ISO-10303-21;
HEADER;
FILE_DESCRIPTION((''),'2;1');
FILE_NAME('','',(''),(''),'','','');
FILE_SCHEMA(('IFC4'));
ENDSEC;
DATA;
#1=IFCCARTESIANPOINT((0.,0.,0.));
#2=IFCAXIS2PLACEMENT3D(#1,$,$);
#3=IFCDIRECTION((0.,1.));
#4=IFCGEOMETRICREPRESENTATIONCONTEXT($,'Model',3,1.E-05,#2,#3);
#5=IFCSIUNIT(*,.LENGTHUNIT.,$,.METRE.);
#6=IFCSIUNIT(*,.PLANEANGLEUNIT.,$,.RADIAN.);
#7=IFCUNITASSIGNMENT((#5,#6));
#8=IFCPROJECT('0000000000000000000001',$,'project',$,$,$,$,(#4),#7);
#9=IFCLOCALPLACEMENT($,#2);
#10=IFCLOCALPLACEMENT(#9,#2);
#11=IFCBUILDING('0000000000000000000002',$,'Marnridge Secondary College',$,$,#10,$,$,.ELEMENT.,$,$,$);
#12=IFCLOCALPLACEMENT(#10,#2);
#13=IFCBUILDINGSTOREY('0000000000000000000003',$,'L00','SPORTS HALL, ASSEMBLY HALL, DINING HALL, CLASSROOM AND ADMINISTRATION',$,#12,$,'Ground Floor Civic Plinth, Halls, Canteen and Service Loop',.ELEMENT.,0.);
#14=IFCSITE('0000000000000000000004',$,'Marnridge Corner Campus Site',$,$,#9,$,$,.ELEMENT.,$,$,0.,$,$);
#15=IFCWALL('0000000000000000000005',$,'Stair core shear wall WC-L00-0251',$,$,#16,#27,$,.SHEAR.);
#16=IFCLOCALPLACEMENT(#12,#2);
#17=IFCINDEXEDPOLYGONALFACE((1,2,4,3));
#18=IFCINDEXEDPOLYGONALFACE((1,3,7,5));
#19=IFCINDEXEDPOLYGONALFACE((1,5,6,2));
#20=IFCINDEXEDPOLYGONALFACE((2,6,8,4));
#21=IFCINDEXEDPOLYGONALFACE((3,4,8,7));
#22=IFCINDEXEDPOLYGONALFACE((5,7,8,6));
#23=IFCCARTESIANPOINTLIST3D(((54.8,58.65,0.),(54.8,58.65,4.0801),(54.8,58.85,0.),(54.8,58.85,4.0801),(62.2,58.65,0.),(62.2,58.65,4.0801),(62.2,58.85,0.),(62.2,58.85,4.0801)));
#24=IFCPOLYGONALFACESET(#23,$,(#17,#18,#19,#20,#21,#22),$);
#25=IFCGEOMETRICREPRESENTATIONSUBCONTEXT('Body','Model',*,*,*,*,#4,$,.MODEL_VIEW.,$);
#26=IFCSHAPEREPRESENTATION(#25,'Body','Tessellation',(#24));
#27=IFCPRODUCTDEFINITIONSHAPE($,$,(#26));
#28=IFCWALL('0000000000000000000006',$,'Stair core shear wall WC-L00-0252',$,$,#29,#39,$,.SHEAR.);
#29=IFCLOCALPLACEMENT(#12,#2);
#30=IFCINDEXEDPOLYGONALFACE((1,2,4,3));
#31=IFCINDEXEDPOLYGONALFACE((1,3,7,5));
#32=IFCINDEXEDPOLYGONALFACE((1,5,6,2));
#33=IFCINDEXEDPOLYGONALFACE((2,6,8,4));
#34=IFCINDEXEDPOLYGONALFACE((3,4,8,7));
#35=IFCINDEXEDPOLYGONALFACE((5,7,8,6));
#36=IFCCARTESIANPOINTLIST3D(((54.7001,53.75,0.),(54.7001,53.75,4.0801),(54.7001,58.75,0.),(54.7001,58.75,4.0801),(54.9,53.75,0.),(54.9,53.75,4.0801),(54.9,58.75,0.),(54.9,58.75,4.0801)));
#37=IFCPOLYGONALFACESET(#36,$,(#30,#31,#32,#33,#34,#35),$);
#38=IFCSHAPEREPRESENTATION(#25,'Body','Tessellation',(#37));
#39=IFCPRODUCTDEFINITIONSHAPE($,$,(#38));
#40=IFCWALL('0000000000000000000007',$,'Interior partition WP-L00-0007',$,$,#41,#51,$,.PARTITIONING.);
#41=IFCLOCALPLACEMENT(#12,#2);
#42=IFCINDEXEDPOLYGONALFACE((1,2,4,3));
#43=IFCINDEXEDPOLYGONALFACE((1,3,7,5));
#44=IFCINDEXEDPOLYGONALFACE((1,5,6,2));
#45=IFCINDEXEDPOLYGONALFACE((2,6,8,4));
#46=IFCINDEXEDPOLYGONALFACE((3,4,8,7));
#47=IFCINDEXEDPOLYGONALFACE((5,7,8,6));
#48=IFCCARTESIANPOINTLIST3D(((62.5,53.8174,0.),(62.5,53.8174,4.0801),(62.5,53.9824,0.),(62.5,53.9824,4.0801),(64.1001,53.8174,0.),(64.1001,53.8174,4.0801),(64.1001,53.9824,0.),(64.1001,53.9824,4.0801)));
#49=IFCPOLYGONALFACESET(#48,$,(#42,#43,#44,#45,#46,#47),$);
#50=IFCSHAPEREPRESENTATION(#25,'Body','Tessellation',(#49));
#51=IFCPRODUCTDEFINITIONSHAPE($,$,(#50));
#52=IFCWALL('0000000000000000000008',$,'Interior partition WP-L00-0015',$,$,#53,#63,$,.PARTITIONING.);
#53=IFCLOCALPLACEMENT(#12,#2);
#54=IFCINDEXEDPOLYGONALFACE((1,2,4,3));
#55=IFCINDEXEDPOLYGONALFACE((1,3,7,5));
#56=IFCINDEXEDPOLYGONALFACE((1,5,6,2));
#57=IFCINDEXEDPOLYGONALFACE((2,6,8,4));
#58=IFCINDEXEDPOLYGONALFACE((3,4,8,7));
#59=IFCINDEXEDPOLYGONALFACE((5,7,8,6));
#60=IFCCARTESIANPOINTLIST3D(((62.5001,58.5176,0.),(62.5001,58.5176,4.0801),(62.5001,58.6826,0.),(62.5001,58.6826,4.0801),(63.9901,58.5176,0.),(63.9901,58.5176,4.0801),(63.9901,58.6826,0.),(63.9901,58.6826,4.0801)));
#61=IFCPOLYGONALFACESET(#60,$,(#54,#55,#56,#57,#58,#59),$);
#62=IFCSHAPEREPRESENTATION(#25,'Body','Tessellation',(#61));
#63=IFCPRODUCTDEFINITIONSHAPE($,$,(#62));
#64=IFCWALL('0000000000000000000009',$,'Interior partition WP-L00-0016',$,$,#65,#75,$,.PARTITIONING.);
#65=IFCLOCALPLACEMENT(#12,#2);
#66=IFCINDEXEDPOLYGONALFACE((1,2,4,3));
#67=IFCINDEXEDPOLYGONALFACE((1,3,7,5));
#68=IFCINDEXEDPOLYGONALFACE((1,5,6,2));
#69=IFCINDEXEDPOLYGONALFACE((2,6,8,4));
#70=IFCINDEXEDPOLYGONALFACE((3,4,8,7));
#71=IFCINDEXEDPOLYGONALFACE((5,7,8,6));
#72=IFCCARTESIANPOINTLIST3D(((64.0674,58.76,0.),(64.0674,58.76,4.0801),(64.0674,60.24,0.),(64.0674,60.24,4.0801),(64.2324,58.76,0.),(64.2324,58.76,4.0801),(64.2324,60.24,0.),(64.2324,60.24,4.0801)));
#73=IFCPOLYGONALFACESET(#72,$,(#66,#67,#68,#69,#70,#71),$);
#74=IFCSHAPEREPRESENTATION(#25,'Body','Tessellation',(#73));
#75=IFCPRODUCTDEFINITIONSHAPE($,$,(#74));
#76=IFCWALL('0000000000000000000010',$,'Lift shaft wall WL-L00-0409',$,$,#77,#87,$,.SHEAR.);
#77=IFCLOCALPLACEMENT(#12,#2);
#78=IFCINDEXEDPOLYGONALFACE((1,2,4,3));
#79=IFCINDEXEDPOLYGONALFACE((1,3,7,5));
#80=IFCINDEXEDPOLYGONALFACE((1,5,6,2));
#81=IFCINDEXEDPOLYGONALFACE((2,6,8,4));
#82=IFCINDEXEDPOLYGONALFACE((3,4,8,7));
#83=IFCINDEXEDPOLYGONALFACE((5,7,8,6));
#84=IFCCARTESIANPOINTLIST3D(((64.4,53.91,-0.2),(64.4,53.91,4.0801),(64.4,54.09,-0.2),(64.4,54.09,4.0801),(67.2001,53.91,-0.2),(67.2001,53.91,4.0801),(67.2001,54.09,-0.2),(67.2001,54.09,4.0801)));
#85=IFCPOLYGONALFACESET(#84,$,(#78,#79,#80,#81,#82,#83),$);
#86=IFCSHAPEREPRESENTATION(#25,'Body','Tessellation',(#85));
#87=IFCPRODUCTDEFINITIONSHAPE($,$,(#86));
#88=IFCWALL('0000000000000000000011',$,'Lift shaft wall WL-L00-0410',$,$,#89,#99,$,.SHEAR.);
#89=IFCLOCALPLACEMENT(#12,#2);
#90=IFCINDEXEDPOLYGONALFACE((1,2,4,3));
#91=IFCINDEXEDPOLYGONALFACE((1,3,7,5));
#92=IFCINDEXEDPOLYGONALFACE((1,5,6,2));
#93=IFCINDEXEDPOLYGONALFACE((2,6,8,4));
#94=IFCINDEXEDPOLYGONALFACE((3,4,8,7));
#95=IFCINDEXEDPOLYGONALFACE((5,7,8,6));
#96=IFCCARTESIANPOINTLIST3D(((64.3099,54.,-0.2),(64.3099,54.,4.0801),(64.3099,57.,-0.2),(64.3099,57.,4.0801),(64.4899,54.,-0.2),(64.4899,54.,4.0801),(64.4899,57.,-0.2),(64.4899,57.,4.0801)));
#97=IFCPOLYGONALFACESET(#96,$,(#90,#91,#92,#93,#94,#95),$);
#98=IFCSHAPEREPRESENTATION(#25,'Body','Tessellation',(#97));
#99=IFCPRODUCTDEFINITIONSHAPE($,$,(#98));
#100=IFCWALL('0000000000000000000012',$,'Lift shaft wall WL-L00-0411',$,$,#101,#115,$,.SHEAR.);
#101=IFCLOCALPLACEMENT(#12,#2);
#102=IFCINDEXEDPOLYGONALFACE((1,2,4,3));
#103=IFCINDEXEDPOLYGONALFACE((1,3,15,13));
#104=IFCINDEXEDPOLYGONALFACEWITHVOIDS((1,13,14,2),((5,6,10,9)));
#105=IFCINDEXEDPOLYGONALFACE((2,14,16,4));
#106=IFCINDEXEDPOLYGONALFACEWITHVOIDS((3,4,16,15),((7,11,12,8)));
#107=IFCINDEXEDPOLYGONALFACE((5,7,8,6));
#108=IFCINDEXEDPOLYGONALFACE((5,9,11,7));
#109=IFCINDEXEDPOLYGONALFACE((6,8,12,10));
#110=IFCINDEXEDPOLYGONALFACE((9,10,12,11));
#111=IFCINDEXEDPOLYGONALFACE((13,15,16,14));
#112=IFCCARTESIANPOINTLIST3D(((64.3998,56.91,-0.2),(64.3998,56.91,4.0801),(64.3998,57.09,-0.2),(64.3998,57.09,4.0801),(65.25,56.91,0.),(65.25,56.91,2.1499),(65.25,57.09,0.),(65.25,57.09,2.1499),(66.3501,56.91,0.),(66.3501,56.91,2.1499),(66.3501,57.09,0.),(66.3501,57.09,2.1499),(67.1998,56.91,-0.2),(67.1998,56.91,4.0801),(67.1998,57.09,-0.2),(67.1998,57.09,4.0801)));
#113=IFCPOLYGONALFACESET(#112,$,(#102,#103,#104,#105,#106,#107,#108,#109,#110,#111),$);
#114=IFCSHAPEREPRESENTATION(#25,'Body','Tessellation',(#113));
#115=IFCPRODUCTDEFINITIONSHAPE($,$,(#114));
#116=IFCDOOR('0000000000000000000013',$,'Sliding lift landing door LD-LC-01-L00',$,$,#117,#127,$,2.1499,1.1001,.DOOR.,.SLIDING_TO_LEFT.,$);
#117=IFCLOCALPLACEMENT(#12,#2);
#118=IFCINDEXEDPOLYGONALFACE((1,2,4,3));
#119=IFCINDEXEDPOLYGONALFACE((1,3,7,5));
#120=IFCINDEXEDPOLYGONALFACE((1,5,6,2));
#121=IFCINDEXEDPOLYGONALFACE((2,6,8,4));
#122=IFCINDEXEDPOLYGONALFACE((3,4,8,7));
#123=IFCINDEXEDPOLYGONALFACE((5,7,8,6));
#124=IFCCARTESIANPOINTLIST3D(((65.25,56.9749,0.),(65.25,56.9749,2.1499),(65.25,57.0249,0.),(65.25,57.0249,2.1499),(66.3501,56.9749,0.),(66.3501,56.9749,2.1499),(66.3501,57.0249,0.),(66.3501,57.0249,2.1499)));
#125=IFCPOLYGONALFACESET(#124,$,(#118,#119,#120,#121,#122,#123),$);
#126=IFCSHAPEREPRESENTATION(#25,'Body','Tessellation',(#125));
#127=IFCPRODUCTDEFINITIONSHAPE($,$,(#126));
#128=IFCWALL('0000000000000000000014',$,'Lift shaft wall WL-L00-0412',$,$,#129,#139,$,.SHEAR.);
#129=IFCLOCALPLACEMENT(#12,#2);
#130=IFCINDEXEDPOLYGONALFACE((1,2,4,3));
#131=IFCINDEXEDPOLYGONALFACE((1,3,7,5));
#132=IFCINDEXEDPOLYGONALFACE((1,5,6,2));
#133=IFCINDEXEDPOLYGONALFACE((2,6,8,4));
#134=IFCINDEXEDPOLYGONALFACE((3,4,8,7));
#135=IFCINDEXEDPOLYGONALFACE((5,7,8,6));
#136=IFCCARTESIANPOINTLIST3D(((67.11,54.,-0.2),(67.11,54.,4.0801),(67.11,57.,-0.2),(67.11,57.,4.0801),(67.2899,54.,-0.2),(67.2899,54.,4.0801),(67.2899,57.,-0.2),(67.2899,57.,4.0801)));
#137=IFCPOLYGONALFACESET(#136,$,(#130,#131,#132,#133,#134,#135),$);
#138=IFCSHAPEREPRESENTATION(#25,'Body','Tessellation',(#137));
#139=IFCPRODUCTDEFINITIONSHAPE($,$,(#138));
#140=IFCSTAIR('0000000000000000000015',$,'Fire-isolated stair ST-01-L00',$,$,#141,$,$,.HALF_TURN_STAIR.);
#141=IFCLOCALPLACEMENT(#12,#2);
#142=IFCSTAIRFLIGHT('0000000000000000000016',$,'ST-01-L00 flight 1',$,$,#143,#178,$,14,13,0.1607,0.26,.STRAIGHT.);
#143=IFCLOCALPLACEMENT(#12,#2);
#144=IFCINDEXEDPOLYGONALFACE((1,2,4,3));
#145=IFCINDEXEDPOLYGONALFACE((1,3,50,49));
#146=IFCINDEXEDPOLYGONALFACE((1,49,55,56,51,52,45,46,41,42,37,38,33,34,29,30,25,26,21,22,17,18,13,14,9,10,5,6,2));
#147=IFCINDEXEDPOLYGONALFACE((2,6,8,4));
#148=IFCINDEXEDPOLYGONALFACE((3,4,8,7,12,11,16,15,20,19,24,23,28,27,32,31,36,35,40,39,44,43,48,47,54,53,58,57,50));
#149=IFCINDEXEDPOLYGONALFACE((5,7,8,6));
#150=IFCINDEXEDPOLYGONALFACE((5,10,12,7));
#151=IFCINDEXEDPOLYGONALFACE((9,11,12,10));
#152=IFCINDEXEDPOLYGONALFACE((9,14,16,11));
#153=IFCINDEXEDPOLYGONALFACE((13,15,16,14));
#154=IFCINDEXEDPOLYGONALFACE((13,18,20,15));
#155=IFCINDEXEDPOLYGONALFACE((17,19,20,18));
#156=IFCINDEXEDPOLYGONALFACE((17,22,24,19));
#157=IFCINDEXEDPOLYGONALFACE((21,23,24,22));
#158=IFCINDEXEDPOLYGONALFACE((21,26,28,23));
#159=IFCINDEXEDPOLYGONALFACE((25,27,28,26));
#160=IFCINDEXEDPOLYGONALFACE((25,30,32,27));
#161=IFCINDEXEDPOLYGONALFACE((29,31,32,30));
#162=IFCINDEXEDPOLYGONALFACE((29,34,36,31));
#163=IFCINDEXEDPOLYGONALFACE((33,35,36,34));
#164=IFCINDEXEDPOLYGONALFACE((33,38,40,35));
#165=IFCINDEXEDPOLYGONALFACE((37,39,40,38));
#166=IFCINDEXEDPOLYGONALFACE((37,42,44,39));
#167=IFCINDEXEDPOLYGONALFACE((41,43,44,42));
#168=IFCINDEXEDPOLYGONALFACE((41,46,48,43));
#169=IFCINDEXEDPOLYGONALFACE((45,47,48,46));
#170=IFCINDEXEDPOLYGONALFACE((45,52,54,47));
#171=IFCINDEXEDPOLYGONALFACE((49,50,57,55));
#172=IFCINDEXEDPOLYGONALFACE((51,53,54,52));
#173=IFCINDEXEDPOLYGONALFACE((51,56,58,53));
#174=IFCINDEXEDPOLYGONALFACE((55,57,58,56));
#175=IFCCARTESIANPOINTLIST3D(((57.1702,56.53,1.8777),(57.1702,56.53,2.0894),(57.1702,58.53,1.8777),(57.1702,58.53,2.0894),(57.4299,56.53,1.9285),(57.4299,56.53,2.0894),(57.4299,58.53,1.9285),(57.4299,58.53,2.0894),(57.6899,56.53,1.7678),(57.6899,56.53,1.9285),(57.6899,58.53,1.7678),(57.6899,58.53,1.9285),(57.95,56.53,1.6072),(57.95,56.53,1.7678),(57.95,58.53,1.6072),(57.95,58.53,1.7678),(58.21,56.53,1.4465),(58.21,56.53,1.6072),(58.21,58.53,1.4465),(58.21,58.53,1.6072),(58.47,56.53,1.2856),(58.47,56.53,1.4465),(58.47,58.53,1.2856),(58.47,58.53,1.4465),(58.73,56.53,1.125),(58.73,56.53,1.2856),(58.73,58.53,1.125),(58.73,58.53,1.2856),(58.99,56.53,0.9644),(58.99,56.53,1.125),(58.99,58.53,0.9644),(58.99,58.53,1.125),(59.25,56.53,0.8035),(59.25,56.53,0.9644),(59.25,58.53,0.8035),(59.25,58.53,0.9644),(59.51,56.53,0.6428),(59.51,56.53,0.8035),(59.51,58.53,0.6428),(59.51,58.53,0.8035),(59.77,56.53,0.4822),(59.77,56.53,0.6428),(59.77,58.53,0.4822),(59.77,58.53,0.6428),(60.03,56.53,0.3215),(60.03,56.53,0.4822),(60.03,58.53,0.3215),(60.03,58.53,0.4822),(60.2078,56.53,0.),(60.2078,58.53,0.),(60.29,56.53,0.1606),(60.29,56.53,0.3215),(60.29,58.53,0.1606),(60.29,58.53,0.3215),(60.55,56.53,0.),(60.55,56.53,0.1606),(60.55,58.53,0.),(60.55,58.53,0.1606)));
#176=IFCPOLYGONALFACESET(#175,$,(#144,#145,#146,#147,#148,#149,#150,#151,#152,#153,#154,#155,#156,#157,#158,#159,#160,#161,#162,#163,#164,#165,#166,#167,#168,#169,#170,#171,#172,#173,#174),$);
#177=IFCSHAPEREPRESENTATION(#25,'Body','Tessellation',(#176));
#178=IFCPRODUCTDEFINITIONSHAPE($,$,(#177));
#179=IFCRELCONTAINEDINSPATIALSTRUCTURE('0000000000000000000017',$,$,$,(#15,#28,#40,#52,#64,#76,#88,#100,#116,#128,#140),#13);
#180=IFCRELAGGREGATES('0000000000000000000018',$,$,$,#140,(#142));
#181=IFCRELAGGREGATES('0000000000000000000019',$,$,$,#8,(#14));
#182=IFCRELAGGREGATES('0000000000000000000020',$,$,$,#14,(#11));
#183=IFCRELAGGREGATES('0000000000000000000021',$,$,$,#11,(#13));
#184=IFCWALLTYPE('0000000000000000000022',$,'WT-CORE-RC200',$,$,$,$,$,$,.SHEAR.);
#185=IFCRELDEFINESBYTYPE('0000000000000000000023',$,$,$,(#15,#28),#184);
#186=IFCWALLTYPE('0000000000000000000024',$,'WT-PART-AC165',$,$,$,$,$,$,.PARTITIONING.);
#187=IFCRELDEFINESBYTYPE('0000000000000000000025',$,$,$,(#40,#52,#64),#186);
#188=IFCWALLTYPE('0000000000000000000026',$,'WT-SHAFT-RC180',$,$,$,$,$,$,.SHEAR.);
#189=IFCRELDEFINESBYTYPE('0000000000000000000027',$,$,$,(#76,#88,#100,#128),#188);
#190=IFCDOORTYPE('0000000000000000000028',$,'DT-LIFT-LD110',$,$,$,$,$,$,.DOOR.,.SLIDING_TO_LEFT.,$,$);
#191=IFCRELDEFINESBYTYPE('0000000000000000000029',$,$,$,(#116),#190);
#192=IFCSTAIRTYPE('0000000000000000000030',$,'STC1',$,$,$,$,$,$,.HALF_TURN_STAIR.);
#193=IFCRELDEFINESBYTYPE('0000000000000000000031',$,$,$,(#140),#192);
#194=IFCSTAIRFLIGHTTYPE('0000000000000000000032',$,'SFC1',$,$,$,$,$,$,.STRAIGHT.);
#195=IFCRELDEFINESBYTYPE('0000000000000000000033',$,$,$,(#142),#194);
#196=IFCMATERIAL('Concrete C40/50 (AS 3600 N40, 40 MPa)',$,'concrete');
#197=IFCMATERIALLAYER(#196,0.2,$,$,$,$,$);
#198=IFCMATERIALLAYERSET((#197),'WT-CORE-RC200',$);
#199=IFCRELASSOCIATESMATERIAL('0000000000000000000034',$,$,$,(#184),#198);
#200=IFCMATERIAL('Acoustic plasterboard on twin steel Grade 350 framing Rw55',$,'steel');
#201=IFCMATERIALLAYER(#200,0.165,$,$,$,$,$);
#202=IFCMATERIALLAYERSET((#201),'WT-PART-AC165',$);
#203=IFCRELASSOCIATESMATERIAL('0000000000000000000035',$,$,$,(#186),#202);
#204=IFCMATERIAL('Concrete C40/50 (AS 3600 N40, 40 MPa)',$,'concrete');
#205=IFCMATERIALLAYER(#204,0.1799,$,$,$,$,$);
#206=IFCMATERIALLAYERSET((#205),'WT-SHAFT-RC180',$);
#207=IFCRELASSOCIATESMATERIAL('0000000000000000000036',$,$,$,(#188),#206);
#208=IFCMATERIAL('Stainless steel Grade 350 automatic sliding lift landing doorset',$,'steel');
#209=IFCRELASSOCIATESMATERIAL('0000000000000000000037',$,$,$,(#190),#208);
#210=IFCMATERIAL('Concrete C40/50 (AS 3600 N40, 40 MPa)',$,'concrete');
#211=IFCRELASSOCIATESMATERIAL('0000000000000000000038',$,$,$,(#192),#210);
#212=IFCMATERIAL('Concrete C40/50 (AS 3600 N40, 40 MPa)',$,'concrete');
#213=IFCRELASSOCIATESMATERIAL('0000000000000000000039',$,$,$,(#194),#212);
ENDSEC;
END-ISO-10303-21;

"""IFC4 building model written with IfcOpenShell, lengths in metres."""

from ifc_helpers import new_model, si_unit, direction, frame, frame_2d, origin, place, context, subcontext, project, spatial, polyline, rectangle, outline, extrude, material, layer, layer_set, type_object, element, fill, aggregate, save


model = new_model("IFC4")

# Units and contexts
model_context = context("Model", 3, precision=1e-05, world=origin(), true_north=direction((0.0, 1.0)))
body_context = subcontext(model_context, "Body", "Model", "MODEL_VIEW")
ifc_project = project(units=[si_unit("LENGTHUNIT", "METRE"), si_unit("PLANEANGLEUNIT", "RADIAN")], contexts=[model_context])

# Site, building, storey
site_placement = place(None, origin())
site = spatial("IfcSite", under=ifc_project, at=site_placement, Name="Marnridge Corner Campus Site", CompositionType="ELEMENT", RefElevation=0.0)
building_placement = place(site_placement, origin())
building = spatial("IfcBuilding", under=site, at=building_placement, Name="Marnridge Secondary College", CompositionType="ELEMENT")
storey_placement = place(building_placement, origin())
storey = spatial("IfcBuildingStorey", under=building, at=storey_placement, Name="L00", Description="SPORTS HALL, ASSEMBLY HALL, DINING HALL, CLASSROOM AND ADMINISTRATION", LongName="Ground Floor Civic Plinth, Halls, Canteen and Service Loop", CompositionType="ELEMENT", Elevation=0.0)

# Shared definitions
ifc_material_1 = material(Name="Concrete C40/50 (AS 3600 N40, 40 MPa)", Category="concrete")
ifc_layer_1 = layer(ifc_material_1, 0.2)
ifc_layer_set_1 = layer_set([ifc_layer_1], Name="WT-CORE-RC200")
wall_type_1 = type_object("IfcWallType", Name="WT-CORE-RC200", PredefinedType="SHEAR", material=ifc_layer_set_1)

# Walls
wall_1_placement = place(storey_placement, frame((62.2, 58.75, 0.0), z_axis=(0.0, 0.0, 1.0), x_axis=(-1.0, 0.0, 0.0)))
element("IfcWall", 1, at=wall_1_placement, inside=storey, type_object=wall_type_1, Name="Stair core shear wall WC-L00-0251", PredefinedType="SHEAR", context=body_context, shape_type="SweptSolid", body=[
    extrude(rectangle(XDim=7.3999, YDim=0.2, at=frame_2d((3.7, 0.0))), origin(), (0.0, 0.0, 1.0), 4.0801),
])
wall_2_placement = place(storey_placement, frame((54.8, 58.75, 0.0), z_axis=(0.0, 0.0, 1.0), x_axis=(0.0, -1.0, 0.0)))
element("IfcWall", 2, at=wall_2_placement, inside=storey, type_object=wall_type_1, Name="Stair core shear wall WC-L00-0252", PredefinedType="SHEAR", context=body_context, shape_type="SweptSolid", body=[
    extrude(rectangle(XDim=5.0, YDim=0.2, at=frame_2d((2.5, 0.0))), origin(), (0.0, 0.0, 1.0), 4.0801),
])
ifc_material_2 = material(Name="Acoustic plasterboard on twin steel Grade 350 framing Rw55", Category="steel")
ifc_layer_2 = layer(ifc_material_2, 0.165)
ifc_layer_set_2 = layer_set([ifc_layer_2], Name="WT-PART-AC165")
wall_type_2 = type_object("IfcWallType", Name="WT-PART-AC165", PredefinedType="PARTITIONING", material=ifc_layer_set_2)
wall_3_placement = place(storey_placement, frame((64.1001, 53.8999, 0.0), z_axis=(0.0, 0.0, 1.0), x_axis=(-1.0, 0.0, 0.0)))
element("IfcWall", 3, at=wall_3_placement, inside=storey, type_object=wall_type_2, Name="Interior partition WP-L00-0007", PredefinedType="PARTITIONING", context=body_context, shape_type="SweptSolid", body=[
    extrude(rectangle(XDim=1.6001, YDim=0.165, at=frame_2d((0.8, 0.0))), origin(), (0.0, 0.0, 1.0), 4.0801),
])
wall_4_placement = place(storey_placement, frame((62.5, 58.6001, 0.0), z_axis=(0.0, 0.0, 1.0), x_axis=(1.0, 0.0, 0.0)))
element("IfcWall", 4, at=wall_4_placement, inside=storey, type_object=wall_type_2, Name="Interior partition WP-L00-0015", PredefinedType="PARTITIONING", context=body_context, shape_type="SweptSolid", body=[
    extrude(rectangle(XDim=1.49, YDim=0.165, at=frame_2d((0.7451, 0.0))), origin(), (0.0, 0.0, 1.0), 4.0801),
])
wall_5_placement = place(storey_placement, frame((64.1499, 58.76, 0.0), z_axis=(0.0, 0.0, 1.0), x_axis=(0.0, 1.0, 0.0)))
element("IfcWall", 5, at=wall_5_placement, inside=storey, type_object=wall_type_2, Name="Interior partition WP-L00-0016", PredefinedType="PARTITIONING", context=body_context, shape_type="SweptSolid", body=[
    extrude(rectangle(XDim=1.48, YDim=0.165, at=frame_2d((0.74, 0.0))), origin(), (0.0, 0.0, 1.0), 4.0801),
])
ifc_material_3 = material(Name="Concrete C40/50 (AS 3600 N40, 40 MPa)", Category="concrete")
ifc_layer_3 = layer(ifc_material_3, 0.1799)
ifc_layer_set_3 = layer_set([ifc_layer_3], Name="WT-SHAFT-RC180")
wall_type_3 = type_object("IfcWallType", Name="WT-SHAFT-RC180", PredefinedType="SHEAR", material=ifc_layer_set_3)
wall_6_placement = place(storey_placement, frame((67.2, 54.0, -0.2), z_axis=(0.0, 0.0, 1.0), x_axis=(-1.0, 0.0, 0.0)))
element("IfcWall", 6, at=wall_6_placement, inside=storey, type_object=wall_type_3, Name="Lift shaft wall WL-L00-0409", PredefinedType="SHEAR", context=body_context, shape_type="SweptSolid", body=[
    extrude(rectangle(XDim=2.8, YDim=0.1799, at=frame_2d((1.3999, 0.0))), origin(), (0.0, 0.0, 1.0), 4.28),
])
wall_7_placement = place(storey_placement, frame((64.3999, 54.0, -0.2), z_axis=(0.0, 0.0, 1.0), x_axis=(0.0, 1.0, 0.0)))
element("IfcWall", 7, at=wall_7_placement, inside=storey, type_object=wall_type_3, Name="Lift shaft wall WL-L00-0410", PredefinedType="SHEAR", context=body_context, shape_type="SweptSolid", body=[
    extrude(rectangle(XDim=3.0, YDim=0.1799, at=frame_2d((1.5, 0.0))), origin(), (0.0, 0.0, 1.0), 4.28),
])

# Wall, opening, door
wall_8_placement = place(storey_placement, frame((64.3999, 57.0, -0.2), z_axis=(0.0, 0.0, 1.0), x_axis=(1.0, 0.0, 0.0)))
wall_8 = element("IfcWall", 8, at=wall_8_placement, inside=storey, type_object=wall_type_3, Name="Lift shaft wall WL-L00-0411", PredefinedType="SHEAR", context=body_context, shape_type="SweptSolid", body=[
    extrude(rectangle(XDim=2.8, YDim=0.1799, at=frame_2d((1.3999, 0.0))), origin(), (0.0, 0.0, 1.0), 4.28),
])
opening_1_placement = place(wall_8_placement, frame((0.8501, 0.0, 0.2)))
opening_1 = element("IfcOpeningElement", 9, at=opening_1_placement, cuts=wall_8, PredefinedType="OPENING", context=body_context, shape_type="SweptSolid", body=[
    extrude(rectangle(XDim=1.1001, YDim=2.1499, at=frame_2d((0.55, 1.075))), frame((0.0, 0.0999, 0.0), z_axis=(0.0, -1.0, 0.0), x_axis=(1.0, 0.0, 0.0)), (0.0, 0.0, 1.0), 0.2),
])
ifc_material_4 = material(Name="Stainless steel Grade 350 automatic sliding lift landing doorset", Category="steel")
door_type_1 = type_object("IfcDoorType", Name="DT-LIFT-LD110", OperationType="SLIDING_TO_LEFT", PredefinedType="DOOR", material=ifc_material_4)
door_1_placement = place(opening_1_placement, origin())
door_1 = element("IfcDoor", 10, at=door_1_placement, inside=storey, type_object=door_type_1, Name="Sliding lift landing door LD-LC-01-L00", OperationType="SLIDING_TO_LEFT", OverallHeight=2.1499, OverallWidth=1.1001, PredefinedType="DOOR", context=body_context, shape_type="SweptSolid", body=[
    extrude(rectangle(XDim=1.1001, YDim=2.1499, at=frame_2d((0.55, 1.075))), frame((0.0, 0.0249, 0.0), z_axis=(0.0, -1.0, 0.0), x_axis=(1.0, 0.0, 0.0)), (0.0, 0.0, 1.0), 0.05),
])
fill(opening_1, door_1)

# Wall
wall_9_placement = place(storey_placement, frame((67.2, 57.0, -0.2), z_axis=(0.0, 0.0, 1.0), x_axis=(0.0, -1.0, 0.0)))
element("IfcWall", 11, at=wall_9_placement, inside=storey, type_object=wall_type_3, Name="Lift shaft wall WL-L00-0412", PredefinedType="SHEAR", context=body_context, shape_type="SweptSolid", body=[
    extrude(rectangle(XDim=3.0, YDim=0.1799, at=frame_2d((1.5, 0.0))), origin(), (0.0, 0.0, 1.0), 4.28),
])

# Stair, stair flight
ifc_material_5 = material(Name="Concrete C40/50 (AS 3600 N40, 40 MPa)", Category="concrete")
stair_type = type_object("IfcStairType", Name="STC1", PredefinedType="HALF_TURN_STAIR", material=ifc_material_5)
stair_placement = place(storey_placement, origin())
stair = element("IfcStair", 12, at=stair_placement, inside=storey, type_object=stair_type, Name="Fire-isolated stair ST-01-L00", PredefinedType="HALF_TURN_STAIR")
ifc_material_6 = material(Name="Concrete C40/50 (AS 3600 N40, 40 MPa)", Category="concrete")
stair_flight_type = type_object("IfcStairFlightType", Name="SFC1", PredefinedType="STRAIGHT", material=ifc_material_6)
stair_flight_1_placement = place(storey_placement, frame((60.55, 57.53, 0.0), z_axis=(0.0, 0.0, 1.0), x_axis=(-1.0, 0.0, 0.0)))
stair_flight_1 = element("IfcStairFlight", 13, at=stair_flight_1_placement, type_object=stair_flight_type, Name="ST-01-L00 flight 1", NumberOfRisers=14, NumberOfTreads=13, PredefinedType="STRAIGHT", RiserHeight=0.1607, TreadLength=0.26, context=body_context, shape_type="SweptSolid", body=[
    extrude(outline(polyline([(0.0, 0.0), (0.0, 0.1606), (0.26, 0.1606), (0.26, 0.3215), (0.52, 0.3215), (0.52, 0.4822), (0.78, 0.4822), (0.78, 0.6428), (1.04, 0.6428), (1.04, 0.8035), (1.3, 0.8035), (1.3, 0.9644), (1.5601, 0.9644), (1.5601, 1.125), (1.8201, 1.125), (1.8201, 1.2856), (2.0801, 1.2856), (2.0801, 1.4465), (2.3401, 1.4465), (2.3401, 1.6072), (2.6001, 1.6072), (2.6001, 1.7678), (2.8601, 1.7678), (2.8601, 1.9285), (3.1201, 1.9285), (3.1201, 2.0894), (3.3799, 2.0894), (3.3799, 2.25), (3.3799, 1.8777), (0.3423, 0.0), (0.0, 0.0)])), frame((0.0, 1.0, 0.0), z_axis=(0.0, -1.0, 0.0), x_axis=(1.0, 0.0, 0.0)), (0.0, 0.0, 1.0), 2.0),
])
aggregate(stair, [stair_flight_1])

save(model, "model.ifc")
